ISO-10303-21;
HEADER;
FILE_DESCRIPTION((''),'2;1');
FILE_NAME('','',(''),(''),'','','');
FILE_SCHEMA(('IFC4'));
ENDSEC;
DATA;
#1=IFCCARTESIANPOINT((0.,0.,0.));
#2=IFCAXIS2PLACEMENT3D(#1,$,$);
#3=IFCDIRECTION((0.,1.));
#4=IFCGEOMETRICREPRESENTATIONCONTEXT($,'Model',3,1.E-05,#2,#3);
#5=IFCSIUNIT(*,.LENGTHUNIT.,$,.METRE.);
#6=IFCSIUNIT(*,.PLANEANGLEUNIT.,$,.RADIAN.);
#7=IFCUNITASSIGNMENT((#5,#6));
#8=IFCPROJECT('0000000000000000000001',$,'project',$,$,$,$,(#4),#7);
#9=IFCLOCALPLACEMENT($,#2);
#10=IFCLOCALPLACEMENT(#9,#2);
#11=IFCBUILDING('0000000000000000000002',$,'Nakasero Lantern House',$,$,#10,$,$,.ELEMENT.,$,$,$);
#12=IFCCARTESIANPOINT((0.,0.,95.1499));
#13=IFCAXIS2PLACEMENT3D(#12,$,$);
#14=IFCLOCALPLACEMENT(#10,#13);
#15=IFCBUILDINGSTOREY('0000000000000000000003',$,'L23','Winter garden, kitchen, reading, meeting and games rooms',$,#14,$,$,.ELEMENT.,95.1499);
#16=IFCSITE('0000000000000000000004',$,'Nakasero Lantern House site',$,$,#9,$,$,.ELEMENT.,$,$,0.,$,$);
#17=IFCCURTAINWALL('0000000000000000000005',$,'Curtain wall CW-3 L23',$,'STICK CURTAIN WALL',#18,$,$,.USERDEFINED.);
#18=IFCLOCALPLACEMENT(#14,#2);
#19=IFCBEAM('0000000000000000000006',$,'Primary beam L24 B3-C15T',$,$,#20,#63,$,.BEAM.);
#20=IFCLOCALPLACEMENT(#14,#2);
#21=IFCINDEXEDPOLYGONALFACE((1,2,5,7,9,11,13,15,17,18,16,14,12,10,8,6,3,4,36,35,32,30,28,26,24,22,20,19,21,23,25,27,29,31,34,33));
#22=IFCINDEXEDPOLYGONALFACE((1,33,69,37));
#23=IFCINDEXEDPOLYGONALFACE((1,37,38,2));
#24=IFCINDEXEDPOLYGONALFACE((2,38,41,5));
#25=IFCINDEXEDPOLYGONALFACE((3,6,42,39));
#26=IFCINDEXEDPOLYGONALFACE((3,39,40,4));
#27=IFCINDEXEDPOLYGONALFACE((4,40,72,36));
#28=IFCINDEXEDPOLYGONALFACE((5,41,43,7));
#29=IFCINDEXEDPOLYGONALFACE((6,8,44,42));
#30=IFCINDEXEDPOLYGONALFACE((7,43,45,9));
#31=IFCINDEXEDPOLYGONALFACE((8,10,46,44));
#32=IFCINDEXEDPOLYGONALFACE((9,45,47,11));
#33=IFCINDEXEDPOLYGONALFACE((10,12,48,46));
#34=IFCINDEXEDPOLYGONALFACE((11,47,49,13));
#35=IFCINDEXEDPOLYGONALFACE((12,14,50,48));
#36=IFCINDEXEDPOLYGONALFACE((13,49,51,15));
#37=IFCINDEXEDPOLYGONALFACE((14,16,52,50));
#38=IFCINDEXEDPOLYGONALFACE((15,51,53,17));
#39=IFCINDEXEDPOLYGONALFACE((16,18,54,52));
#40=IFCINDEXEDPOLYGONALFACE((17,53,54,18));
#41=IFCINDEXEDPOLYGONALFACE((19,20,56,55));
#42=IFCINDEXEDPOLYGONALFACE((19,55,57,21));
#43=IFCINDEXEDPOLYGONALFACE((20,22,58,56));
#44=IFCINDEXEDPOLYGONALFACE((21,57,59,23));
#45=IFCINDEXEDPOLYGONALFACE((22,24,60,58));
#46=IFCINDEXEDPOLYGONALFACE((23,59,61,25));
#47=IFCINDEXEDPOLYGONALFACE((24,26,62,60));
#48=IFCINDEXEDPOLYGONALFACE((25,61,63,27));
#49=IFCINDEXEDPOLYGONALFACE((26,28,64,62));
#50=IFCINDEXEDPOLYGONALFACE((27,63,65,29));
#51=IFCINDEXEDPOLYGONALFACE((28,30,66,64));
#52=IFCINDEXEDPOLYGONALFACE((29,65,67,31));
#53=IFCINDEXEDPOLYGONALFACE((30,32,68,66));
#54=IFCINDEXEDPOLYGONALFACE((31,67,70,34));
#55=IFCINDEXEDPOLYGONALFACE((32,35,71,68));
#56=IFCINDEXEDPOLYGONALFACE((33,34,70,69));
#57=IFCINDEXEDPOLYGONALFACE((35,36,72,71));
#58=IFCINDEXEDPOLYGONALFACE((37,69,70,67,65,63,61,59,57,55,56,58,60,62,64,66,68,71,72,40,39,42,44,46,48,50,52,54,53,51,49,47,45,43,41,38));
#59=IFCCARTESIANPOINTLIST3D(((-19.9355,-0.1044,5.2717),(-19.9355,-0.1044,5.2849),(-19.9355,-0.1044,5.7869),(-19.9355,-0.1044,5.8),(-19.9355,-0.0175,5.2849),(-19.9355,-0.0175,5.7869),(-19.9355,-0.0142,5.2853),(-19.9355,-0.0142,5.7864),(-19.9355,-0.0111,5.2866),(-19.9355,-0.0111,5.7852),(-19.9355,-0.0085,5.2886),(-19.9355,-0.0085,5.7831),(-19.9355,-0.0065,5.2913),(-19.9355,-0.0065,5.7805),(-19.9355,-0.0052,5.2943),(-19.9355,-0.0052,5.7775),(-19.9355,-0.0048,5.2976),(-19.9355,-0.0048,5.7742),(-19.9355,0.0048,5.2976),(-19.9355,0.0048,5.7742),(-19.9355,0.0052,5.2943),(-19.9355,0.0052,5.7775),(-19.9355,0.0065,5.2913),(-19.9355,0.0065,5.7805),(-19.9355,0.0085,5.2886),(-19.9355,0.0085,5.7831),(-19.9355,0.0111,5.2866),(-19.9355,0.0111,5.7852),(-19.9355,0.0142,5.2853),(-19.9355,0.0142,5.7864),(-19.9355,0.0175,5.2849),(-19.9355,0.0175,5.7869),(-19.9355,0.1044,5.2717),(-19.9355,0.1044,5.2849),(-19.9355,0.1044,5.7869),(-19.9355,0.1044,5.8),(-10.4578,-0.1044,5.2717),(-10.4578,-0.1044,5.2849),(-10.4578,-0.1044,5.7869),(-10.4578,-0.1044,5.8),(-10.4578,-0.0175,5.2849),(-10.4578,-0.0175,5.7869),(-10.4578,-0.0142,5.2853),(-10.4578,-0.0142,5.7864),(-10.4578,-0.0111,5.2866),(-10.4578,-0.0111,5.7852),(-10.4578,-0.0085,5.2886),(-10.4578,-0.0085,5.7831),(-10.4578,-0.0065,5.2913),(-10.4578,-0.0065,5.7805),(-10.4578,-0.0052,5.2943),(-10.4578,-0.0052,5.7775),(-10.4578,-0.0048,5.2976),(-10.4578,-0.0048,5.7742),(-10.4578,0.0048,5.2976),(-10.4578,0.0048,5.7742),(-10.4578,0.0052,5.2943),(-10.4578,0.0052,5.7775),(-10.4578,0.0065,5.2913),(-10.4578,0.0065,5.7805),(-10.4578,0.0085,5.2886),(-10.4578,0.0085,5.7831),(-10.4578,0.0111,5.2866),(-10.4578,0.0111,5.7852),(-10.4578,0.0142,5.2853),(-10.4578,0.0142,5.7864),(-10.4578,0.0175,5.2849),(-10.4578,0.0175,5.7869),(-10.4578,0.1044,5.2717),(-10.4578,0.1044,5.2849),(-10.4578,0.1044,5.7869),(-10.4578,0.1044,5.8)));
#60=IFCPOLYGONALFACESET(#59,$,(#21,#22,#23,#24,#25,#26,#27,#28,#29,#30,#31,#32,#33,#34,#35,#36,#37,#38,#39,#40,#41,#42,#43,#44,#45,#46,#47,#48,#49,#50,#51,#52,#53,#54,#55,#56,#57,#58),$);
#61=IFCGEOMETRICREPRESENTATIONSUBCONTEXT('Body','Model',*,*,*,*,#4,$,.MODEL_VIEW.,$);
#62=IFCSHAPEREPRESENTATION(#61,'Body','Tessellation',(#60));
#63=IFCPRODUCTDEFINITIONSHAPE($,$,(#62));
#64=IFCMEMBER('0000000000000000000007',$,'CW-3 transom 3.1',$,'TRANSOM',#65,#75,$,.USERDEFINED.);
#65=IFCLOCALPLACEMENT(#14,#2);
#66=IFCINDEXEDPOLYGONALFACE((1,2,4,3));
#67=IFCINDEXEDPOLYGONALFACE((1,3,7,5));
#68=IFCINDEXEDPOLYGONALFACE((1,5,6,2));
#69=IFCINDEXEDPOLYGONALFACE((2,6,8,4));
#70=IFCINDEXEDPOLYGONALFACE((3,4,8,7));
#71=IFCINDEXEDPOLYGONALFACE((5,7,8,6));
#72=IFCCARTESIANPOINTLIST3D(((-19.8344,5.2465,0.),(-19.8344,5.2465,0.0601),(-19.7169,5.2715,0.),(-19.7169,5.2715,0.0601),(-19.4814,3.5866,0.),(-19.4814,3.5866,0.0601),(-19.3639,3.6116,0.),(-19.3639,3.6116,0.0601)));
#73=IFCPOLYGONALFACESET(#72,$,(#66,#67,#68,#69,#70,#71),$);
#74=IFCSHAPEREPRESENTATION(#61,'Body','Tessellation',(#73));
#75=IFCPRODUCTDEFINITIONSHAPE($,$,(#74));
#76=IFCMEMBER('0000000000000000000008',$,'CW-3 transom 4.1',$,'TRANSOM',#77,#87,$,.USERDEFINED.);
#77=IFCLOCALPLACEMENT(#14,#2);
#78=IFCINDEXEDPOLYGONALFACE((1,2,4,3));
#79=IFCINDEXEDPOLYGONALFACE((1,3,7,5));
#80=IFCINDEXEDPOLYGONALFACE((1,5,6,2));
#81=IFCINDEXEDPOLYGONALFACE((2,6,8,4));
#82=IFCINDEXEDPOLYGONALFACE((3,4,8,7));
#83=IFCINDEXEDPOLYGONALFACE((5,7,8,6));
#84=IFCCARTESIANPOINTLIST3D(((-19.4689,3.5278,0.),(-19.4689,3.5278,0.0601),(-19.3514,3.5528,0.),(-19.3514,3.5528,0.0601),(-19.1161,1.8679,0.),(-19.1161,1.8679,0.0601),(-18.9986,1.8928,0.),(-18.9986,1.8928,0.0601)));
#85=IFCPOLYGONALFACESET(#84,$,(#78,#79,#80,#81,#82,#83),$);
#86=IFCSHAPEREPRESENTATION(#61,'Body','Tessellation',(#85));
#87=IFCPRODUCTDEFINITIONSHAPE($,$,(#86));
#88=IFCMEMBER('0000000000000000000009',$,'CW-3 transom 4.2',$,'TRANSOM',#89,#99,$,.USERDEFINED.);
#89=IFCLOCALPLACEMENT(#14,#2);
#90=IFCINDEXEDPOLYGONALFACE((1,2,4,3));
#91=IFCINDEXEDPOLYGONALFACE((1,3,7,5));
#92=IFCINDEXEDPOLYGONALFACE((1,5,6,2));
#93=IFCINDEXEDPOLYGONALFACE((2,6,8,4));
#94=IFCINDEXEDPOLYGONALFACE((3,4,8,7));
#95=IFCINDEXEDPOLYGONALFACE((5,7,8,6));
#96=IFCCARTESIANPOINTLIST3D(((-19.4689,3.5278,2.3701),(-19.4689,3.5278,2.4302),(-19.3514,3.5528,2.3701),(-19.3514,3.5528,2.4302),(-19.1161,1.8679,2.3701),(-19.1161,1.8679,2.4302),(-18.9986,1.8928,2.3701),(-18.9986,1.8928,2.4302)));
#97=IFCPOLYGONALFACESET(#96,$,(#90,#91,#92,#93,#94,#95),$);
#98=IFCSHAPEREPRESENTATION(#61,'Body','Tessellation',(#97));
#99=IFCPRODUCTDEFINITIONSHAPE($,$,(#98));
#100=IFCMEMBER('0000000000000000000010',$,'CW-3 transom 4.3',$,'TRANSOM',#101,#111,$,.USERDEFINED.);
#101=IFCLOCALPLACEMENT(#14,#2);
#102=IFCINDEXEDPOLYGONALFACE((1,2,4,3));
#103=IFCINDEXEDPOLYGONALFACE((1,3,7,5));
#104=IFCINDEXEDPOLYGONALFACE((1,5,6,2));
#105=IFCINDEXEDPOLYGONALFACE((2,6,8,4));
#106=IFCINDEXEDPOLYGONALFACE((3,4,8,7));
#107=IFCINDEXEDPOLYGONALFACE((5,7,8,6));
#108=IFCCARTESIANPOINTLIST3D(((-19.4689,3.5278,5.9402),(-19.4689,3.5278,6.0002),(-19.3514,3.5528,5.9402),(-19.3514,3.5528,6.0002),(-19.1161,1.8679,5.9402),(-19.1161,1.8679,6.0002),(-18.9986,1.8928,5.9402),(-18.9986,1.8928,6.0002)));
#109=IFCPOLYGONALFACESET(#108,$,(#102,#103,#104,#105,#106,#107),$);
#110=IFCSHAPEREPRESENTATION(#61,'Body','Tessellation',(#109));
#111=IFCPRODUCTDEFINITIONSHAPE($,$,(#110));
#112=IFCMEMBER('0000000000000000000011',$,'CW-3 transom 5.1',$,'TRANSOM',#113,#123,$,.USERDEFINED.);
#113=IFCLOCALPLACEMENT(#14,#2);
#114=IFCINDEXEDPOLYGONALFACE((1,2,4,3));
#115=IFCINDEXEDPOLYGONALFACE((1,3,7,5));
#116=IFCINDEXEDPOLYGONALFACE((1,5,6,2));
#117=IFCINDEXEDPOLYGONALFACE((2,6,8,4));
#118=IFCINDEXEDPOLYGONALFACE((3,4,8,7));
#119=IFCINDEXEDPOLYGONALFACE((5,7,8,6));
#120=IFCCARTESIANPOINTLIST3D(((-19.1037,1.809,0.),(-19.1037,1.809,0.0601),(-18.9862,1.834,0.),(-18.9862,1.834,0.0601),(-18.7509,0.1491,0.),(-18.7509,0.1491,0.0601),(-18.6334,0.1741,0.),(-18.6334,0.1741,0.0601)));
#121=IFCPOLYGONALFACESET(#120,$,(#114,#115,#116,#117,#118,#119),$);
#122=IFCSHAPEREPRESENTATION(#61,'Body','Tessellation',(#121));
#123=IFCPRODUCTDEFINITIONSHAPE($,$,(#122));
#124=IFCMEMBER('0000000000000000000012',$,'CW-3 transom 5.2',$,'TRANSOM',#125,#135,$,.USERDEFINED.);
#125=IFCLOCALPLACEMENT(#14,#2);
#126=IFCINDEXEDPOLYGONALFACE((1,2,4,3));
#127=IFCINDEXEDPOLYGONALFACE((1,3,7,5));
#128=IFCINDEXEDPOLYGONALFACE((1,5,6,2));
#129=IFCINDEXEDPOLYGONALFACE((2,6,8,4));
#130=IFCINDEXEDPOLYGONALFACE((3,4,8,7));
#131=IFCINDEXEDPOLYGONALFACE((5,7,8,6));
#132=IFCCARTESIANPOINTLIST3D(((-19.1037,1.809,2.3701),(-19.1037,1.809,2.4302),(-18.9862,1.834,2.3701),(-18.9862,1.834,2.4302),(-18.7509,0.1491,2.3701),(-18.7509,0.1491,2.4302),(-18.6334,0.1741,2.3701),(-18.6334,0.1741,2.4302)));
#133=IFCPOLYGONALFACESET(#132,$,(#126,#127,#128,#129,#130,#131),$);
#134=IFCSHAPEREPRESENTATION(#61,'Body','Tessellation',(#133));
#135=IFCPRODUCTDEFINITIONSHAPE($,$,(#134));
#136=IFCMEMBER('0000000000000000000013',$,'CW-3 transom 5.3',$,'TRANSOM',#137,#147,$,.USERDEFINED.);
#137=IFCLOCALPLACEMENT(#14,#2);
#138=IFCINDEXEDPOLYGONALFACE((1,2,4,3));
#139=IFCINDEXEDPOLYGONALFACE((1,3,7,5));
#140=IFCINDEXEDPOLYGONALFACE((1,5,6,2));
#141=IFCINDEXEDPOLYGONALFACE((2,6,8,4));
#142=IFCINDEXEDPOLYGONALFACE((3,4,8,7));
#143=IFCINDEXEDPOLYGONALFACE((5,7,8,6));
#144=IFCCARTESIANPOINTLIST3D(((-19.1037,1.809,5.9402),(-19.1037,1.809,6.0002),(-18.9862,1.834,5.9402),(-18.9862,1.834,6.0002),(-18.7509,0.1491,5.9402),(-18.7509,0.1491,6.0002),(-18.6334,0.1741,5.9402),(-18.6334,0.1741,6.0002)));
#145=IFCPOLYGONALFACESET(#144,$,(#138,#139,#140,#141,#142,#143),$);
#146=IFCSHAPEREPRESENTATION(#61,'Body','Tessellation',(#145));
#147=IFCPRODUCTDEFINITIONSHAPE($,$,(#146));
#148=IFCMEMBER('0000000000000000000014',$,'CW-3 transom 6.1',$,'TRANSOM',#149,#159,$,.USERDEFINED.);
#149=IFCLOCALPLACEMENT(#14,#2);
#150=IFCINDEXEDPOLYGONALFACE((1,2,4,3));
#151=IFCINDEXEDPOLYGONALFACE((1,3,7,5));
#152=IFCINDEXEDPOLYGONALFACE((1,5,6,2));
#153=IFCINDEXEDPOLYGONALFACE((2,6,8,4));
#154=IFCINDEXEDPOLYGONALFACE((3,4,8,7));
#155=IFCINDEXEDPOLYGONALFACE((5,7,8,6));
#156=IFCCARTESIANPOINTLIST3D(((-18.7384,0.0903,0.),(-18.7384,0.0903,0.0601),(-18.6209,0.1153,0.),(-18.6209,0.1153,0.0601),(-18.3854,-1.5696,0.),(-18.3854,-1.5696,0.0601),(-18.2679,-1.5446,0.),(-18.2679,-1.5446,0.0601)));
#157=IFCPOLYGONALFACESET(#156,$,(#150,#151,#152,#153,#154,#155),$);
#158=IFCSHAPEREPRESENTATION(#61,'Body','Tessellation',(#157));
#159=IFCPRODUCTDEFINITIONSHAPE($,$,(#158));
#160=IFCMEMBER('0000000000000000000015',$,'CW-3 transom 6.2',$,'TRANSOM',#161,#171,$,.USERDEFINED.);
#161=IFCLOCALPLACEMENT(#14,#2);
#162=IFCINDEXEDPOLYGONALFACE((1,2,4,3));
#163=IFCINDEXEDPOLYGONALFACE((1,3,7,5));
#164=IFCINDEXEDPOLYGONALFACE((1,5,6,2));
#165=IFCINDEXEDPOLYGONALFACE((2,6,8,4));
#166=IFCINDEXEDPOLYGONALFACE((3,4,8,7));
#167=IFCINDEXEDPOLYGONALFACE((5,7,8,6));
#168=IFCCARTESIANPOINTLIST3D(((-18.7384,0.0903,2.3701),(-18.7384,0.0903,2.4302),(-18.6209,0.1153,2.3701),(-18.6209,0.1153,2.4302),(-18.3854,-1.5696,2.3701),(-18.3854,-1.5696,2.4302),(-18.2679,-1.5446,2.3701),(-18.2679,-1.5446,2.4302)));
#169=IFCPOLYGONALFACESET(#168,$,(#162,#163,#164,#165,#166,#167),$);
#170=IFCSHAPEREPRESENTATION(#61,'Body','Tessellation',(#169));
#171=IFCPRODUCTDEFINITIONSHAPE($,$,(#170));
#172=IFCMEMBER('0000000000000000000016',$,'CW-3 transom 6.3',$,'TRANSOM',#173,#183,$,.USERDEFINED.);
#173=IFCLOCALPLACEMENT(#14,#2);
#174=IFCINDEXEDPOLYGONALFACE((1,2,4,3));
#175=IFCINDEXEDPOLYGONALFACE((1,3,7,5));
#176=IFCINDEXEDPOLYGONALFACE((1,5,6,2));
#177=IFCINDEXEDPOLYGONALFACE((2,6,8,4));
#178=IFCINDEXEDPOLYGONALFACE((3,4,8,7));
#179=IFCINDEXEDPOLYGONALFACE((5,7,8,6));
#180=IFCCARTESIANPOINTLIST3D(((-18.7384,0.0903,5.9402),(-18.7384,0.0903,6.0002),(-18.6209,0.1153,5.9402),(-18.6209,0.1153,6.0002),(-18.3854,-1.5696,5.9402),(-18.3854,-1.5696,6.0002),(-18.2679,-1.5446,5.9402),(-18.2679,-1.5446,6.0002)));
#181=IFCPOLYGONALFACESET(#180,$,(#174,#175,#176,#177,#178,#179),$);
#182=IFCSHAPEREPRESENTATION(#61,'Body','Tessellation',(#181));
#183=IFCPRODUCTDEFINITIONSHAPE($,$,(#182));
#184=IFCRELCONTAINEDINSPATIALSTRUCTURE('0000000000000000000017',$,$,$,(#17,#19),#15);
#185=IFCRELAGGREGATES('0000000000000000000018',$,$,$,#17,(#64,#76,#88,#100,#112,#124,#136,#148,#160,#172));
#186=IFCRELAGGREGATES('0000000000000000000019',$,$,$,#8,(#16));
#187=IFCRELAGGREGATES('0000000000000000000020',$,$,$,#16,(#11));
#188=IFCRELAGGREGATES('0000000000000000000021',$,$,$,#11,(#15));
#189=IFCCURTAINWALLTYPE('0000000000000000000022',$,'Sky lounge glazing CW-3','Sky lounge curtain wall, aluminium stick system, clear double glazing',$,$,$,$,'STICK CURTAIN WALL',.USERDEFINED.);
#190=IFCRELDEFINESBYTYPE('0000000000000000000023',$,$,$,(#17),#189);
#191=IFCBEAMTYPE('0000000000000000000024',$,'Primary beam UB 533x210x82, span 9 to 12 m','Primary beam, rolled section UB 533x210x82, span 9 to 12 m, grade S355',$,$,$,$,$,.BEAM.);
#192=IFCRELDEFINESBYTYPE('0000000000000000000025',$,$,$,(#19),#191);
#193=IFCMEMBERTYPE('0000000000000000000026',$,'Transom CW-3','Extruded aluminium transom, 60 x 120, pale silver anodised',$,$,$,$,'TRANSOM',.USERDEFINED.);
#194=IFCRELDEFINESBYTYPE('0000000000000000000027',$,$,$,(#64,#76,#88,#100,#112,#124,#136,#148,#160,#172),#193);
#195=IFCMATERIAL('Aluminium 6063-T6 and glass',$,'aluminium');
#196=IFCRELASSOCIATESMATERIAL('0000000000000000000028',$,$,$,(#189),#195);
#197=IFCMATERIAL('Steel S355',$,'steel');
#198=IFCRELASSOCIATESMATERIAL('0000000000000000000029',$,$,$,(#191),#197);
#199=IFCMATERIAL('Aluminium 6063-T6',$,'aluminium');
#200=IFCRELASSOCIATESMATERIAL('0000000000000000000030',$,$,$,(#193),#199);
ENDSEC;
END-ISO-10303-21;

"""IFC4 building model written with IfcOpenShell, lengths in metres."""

from ifc_helpers import new_model, si_unit, direction, frame, origin, origin_2d, place, context, subcontext, project, spatial, rectangle, i_section, extrude, material, material_profile, profile_set, type_object, element, aggregate, save


model = new_model("IFC4")

# Units and contexts
model_context = context("Model", 3, precision=1e-05, world=origin(), true_north=direction((0.0, 1.0)))
body_context = subcontext(model_context, "Body", "Model", "MODEL_VIEW")
ifc_project = project(units=[si_unit("LENGTHUNIT", "METRE"), si_unit("PLANEANGLEUNIT", "RADIAN")], contexts=[model_context])

# Site, building, storey
site_placement = place(None, origin())
site = spatial("IfcSite", under=ifc_project, at=site_placement, Name="Nakasero Lantern House site", CompositionType="ELEMENT", RefElevation=0.0)
building_placement = place(site_placement, origin())
building = spatial("IfcBuilding", under=site, at=building_placement, Name="Nakasero Lantern House", CompositionType="ELEMENT")
storey_placement = place(building_placement, frame((0.0, 0.0, 95.1499)))
storey = spatial("IfcBuildingStorey", under=building, at=storey_placement, Name="L23", Description="Winter garden, kitchen, reading, meeting and games rooms", CompositionType="ELEMENT", Elevation=95.1499)

# Curtain wall
ifc_material_1 = material(Name="Aluminium 6063-T6 and glass", Category="aluminium")
curtain_wall_type = type_object("IfcCurtainWallType", Name="Sky lounge glazing CW-3", Description="Sky lounge curtain wall, aluminium stick system, clear double glazing", ElementType="STICK CURTAIN WALL", PredefinedType="USERDEFINED", material=ifc_material_1)
curtain_wall_placement = place(storey_placement, origin())
curtain_wall = element("IfcCurtainWall", 1, at=curtain_wall_placement, inside=storey, type_object=curtain_wall_type, Name="Curtain wall CW-3 L23", ObjectType="STICK CURTAIN WALL", PredefinedType="USERDEFINED")

# Beam
ifc_material_2 = material(Name="Steel S355", Category="steel")
ifc_material_profile_1 = material_profile(ifc_material_2, i_section(OverallWidth=0.2087, OverallDepth=0.5283, WebThickness=0.0095, FlangeThickness=0.0132, FilletRadius=0.0127, at=origin_2d()), Name="UB 533x210x82")
ifc_profile_set_1 = profile_set([ifc_material_profile_1], Name="Steel S355")
beam_type_1 = type_object("IfcBeamType", Name="Primary beam UB 533x210x82, span 9 to 12 m", Description="Primary beam, rolled section UB 533x210x82, span 9 to 12 m, grade S355", PredefinedType="BEAM", material=ifc_profile_set_1)
beam_1_placement = place(storey_placement, frame((-19.9355, 0.0, 5.5359), z_axis=(1.0, 0.0, 0.0), x_axis=(0.0, 1.0, 0.0)))
element("IfcBeam", 2, at=beam_1_placement, inside=storey, type_object=beam_type_1, Name="Primary beam L24 B3-C15T", PredefinedType="BEAM", context=body_context, shape_type="SweptSolid", body=[
    extrude(i_section(OverallWidth=0.2087, OverallDepth=0.5283, WebThickness=0.0095, FlangeThickness=0.0132, FilletRadius=0.0127, at=origin_2d()), origin(), (0.0, 0.0, 1.0), 9.4778),
])

# Members
ifc_material_3 = material(Name="Aluminium 6063-T6", Category="aluminium")
ifc_material_profile_2 = material_profile(ifc_material_3, rectangle(XDim=0.0601, YDim=0.1201, at=origin_2d()), Name="CW-3 transom 60x120")
ifc_profile_set_2 = profile_set([ifc_material_profile_2], Name="Aluminium 6063-T6")
member_type_1 = type_object("IfcMemberType", Name="Transom CW-3", Description="Extruded aluminium transom, 60 x 120, pale silver anodised", ElementType="TRANSOM", PredefinedType="USERDEFINED", material=ifc_profile_set_2)
member_1_placement = place(storey_placement, frame((-19.7756, 5.259, 0.03), z_axis=(0.208026, -0.978123, 0.0), x_axis=(0.0, 0.0, 1.0)))
member_1 = element("IfcMember", 3, at=member_1_placement, type_object=member_type_1, Name="CW-3 transom 3.1", ObjectType="TRANSOM", PredefinedType="USERDEFINED", context=body_context, shape_type="SweptSolid", body=[
    extrude(rectangle(XDim=0.0601, YDim=0.1201, at=origin_2d()), origin(), (0.0, 0.0, 1.0), 1.697),
])
member_2_placement = place(storey_placement, frame((-19.4102, 3.5403, 0.03), z_axis=(0.207888, -0.978153, 0.0), x_axis=(0.0, 0.0, 1.0)))
member_2 = element("IfcMember", 4, at=member_2_placement, type_object=member_type_1, Name="CW-3 transom 4.1", ObjectType="TRANSOM", PredefinedType="USERDEFINED", context=body_context, shape_type="SweptSolid", body=[
    extrude(rectangle(XDim=0.0601, YDim=0.1201, at=origin_2d()), origin(), (0.0, 0.0, 1.0), 1.697),
])
member_3_placement = place(storey_placement, frame((-19.4102, 3.5403, 2.4001), z_axis=(0.207888, -0.978153, 0.0), x_axis=(0.0, 0.0, 1.0)))
member_3 = element("IfcMember", 5, at=member_3_placement, type_object=member_type_1, Name="CW-3 transom 4.2", ObjectType="TRANSOM", PredefinedType="USERDEFINED", context=body_context, shape_type="SweptSolid", body=[
    extrude(rectangle(XDim=0.0601, YDim=0.1201, at=origin_2d()), origin(), (0.0, 0.0, 1.0), 1.697),
])
member_4_placement = place(storey_placement, frame((-19.4102, 3.5403, 5.9702), z_axis=(0.207888, -0.978153, 0.0), x_axis=(0.0, 0.0, 1.0)))
member_4 = element("IfcMember", 6, at=member_4_placement, type_object=member_type_1, Name="CW-3 transom 4.3", ObjectType="TRANSOM", PredefinedType="USERDEFINED", context=body_context, shape_type="SweptSolid", body=[
    extrude(rectangle(XDim=0.0601, YDim=0.1201, at=origin_2d()), origin(), (0.0, 0.0, 1.0), 1.697),
])
member_5_placement = place(storey_placement, frame((-19.0449, 1.8215, 0.03), z_axis=(0.207888, -0.978153, 0.0), x_axis=(0.0, 0.0, 1.0)))
member_5 = element("IfcMember", 7, at=member_5_placement, type_object=member_type_1, Name="CW-3 transom 5.1", ObjectType="TRANSOM", PredefinedType="USERDEFINED", context=body_context, shape_type="SweptSolid", body=[
    extrude(rectangle(XDim=0.0601, YDim=0.1201, at=origin_2d()), origin(), (0.0, 0.0, 1.0), 1.697),
])
member_6_placement = place(storey_placement, frame((-19.0449, 1.8215, 2.4001), z_axis=(0.207888, -0.978153, 0.0), x_axis=(0.0, 0.0, 1.0)))
member_6 = element("IfcMember", 8, at=member_6_placement, type_object=member_type_1, Name="CW-3 transom 5.2", ObjectType="TRANSOM", PredefinedType="USERDEFINED", context=body_context, shape_type="SweptSolid", body=[
    extrude(rectangle(XDim=0.0601, YDim=0.1201, at=origin_2d()), origin(), (0.0, 0.0, 1.0), 1.697),
])
member_7_placement = place(storey_placement, frame((-19.0449, 1.8215, 5.9702), z_axis=(0.207888, -0.978153, 0.0), x_axis=(0.0, 0.0, 1.0)))
member_7 = element("IfcMember", 9, at=member_7_placement, type_object=member_type_1, Name="CW-3 transom 5.3", ObjectType="TRANSOM", PredefinedType="USERDEFINED", context=body_context, shape_type="SweptSolid", body=[
    extrude(rectangle(XDim=0.0601, YDim=0.1201, at=origin_2d()), origin(), (0.0, 0.0, 1.0), 1.697),
])
member_8_placement = place(storey_placement, frame((-18.6797, 0.1028, 0.03), z_axis=(0.208026, -0.978123, 0.0), x_axis=(0.0, 0.0, 1.0)))
member_8 = element("IfcMember", 10, at=member_8_placement, type_object=member_type_1, Name="CW-3 transom 6.1", ObjectType="TRANSOM", PredefinedType="USERDEFINED", context=body_context, shape_type="SweptSolid", body=[
    extrude(rectangle(XDim=0.0601, YDim=0.1201, at=origin_2d()), origin(), (0.0, 0.0, 1.0), 1.697),
])
member_9_placement = place(storey_placement, frame((-18.6797, 0.1028, 2.4001), z_axis=(0.208026, -0.978123, 0.0), x_axis=(0.0, 0.0, 1.0)))
member_9 = element("IfcMember", 11, at=member_9_placement, type_object=member_type_1, Name="CW-3 transom 6.2", ObjectType="TRANSOM", PredefinedType="USERDEFINED", context=body_context, shape_type="SweptSolid", body=[
    extrude(rectangle(XDim=0.0601, YDim=0.1201, at=origin_2d()), origin(), (0.0, 0.0, 1.0), 1.697),
])
member_10_placement = place(storey_placement, frame((-18.6797, 0.1028, 5.9702), z_axis=(0.208026, -0.978123, 0.0), x_axis=(0.0, 0.0, 1.0)))
member_10 = element("IfcMember", 12, at=member_10_placement, type_object=member_type_1, Name="CW-3 transom 6.3", ObjectType="TRANSOM", PredefinedType="USERDEFINED", context=body_context, shape_type="SweptSolid", body=[
    extrude(rectangle(XDim=0.0601, YDim=0.1201, at=origin_2d()), origin(), (0.0, 0.0, 1.0), 1.697),
])

aggregate(curtain_wall, [member_1, member_2, member_3, member_4, member_5, member_6, member_7, member_8, member_9, member_10])

save(model, "model.ifc")
